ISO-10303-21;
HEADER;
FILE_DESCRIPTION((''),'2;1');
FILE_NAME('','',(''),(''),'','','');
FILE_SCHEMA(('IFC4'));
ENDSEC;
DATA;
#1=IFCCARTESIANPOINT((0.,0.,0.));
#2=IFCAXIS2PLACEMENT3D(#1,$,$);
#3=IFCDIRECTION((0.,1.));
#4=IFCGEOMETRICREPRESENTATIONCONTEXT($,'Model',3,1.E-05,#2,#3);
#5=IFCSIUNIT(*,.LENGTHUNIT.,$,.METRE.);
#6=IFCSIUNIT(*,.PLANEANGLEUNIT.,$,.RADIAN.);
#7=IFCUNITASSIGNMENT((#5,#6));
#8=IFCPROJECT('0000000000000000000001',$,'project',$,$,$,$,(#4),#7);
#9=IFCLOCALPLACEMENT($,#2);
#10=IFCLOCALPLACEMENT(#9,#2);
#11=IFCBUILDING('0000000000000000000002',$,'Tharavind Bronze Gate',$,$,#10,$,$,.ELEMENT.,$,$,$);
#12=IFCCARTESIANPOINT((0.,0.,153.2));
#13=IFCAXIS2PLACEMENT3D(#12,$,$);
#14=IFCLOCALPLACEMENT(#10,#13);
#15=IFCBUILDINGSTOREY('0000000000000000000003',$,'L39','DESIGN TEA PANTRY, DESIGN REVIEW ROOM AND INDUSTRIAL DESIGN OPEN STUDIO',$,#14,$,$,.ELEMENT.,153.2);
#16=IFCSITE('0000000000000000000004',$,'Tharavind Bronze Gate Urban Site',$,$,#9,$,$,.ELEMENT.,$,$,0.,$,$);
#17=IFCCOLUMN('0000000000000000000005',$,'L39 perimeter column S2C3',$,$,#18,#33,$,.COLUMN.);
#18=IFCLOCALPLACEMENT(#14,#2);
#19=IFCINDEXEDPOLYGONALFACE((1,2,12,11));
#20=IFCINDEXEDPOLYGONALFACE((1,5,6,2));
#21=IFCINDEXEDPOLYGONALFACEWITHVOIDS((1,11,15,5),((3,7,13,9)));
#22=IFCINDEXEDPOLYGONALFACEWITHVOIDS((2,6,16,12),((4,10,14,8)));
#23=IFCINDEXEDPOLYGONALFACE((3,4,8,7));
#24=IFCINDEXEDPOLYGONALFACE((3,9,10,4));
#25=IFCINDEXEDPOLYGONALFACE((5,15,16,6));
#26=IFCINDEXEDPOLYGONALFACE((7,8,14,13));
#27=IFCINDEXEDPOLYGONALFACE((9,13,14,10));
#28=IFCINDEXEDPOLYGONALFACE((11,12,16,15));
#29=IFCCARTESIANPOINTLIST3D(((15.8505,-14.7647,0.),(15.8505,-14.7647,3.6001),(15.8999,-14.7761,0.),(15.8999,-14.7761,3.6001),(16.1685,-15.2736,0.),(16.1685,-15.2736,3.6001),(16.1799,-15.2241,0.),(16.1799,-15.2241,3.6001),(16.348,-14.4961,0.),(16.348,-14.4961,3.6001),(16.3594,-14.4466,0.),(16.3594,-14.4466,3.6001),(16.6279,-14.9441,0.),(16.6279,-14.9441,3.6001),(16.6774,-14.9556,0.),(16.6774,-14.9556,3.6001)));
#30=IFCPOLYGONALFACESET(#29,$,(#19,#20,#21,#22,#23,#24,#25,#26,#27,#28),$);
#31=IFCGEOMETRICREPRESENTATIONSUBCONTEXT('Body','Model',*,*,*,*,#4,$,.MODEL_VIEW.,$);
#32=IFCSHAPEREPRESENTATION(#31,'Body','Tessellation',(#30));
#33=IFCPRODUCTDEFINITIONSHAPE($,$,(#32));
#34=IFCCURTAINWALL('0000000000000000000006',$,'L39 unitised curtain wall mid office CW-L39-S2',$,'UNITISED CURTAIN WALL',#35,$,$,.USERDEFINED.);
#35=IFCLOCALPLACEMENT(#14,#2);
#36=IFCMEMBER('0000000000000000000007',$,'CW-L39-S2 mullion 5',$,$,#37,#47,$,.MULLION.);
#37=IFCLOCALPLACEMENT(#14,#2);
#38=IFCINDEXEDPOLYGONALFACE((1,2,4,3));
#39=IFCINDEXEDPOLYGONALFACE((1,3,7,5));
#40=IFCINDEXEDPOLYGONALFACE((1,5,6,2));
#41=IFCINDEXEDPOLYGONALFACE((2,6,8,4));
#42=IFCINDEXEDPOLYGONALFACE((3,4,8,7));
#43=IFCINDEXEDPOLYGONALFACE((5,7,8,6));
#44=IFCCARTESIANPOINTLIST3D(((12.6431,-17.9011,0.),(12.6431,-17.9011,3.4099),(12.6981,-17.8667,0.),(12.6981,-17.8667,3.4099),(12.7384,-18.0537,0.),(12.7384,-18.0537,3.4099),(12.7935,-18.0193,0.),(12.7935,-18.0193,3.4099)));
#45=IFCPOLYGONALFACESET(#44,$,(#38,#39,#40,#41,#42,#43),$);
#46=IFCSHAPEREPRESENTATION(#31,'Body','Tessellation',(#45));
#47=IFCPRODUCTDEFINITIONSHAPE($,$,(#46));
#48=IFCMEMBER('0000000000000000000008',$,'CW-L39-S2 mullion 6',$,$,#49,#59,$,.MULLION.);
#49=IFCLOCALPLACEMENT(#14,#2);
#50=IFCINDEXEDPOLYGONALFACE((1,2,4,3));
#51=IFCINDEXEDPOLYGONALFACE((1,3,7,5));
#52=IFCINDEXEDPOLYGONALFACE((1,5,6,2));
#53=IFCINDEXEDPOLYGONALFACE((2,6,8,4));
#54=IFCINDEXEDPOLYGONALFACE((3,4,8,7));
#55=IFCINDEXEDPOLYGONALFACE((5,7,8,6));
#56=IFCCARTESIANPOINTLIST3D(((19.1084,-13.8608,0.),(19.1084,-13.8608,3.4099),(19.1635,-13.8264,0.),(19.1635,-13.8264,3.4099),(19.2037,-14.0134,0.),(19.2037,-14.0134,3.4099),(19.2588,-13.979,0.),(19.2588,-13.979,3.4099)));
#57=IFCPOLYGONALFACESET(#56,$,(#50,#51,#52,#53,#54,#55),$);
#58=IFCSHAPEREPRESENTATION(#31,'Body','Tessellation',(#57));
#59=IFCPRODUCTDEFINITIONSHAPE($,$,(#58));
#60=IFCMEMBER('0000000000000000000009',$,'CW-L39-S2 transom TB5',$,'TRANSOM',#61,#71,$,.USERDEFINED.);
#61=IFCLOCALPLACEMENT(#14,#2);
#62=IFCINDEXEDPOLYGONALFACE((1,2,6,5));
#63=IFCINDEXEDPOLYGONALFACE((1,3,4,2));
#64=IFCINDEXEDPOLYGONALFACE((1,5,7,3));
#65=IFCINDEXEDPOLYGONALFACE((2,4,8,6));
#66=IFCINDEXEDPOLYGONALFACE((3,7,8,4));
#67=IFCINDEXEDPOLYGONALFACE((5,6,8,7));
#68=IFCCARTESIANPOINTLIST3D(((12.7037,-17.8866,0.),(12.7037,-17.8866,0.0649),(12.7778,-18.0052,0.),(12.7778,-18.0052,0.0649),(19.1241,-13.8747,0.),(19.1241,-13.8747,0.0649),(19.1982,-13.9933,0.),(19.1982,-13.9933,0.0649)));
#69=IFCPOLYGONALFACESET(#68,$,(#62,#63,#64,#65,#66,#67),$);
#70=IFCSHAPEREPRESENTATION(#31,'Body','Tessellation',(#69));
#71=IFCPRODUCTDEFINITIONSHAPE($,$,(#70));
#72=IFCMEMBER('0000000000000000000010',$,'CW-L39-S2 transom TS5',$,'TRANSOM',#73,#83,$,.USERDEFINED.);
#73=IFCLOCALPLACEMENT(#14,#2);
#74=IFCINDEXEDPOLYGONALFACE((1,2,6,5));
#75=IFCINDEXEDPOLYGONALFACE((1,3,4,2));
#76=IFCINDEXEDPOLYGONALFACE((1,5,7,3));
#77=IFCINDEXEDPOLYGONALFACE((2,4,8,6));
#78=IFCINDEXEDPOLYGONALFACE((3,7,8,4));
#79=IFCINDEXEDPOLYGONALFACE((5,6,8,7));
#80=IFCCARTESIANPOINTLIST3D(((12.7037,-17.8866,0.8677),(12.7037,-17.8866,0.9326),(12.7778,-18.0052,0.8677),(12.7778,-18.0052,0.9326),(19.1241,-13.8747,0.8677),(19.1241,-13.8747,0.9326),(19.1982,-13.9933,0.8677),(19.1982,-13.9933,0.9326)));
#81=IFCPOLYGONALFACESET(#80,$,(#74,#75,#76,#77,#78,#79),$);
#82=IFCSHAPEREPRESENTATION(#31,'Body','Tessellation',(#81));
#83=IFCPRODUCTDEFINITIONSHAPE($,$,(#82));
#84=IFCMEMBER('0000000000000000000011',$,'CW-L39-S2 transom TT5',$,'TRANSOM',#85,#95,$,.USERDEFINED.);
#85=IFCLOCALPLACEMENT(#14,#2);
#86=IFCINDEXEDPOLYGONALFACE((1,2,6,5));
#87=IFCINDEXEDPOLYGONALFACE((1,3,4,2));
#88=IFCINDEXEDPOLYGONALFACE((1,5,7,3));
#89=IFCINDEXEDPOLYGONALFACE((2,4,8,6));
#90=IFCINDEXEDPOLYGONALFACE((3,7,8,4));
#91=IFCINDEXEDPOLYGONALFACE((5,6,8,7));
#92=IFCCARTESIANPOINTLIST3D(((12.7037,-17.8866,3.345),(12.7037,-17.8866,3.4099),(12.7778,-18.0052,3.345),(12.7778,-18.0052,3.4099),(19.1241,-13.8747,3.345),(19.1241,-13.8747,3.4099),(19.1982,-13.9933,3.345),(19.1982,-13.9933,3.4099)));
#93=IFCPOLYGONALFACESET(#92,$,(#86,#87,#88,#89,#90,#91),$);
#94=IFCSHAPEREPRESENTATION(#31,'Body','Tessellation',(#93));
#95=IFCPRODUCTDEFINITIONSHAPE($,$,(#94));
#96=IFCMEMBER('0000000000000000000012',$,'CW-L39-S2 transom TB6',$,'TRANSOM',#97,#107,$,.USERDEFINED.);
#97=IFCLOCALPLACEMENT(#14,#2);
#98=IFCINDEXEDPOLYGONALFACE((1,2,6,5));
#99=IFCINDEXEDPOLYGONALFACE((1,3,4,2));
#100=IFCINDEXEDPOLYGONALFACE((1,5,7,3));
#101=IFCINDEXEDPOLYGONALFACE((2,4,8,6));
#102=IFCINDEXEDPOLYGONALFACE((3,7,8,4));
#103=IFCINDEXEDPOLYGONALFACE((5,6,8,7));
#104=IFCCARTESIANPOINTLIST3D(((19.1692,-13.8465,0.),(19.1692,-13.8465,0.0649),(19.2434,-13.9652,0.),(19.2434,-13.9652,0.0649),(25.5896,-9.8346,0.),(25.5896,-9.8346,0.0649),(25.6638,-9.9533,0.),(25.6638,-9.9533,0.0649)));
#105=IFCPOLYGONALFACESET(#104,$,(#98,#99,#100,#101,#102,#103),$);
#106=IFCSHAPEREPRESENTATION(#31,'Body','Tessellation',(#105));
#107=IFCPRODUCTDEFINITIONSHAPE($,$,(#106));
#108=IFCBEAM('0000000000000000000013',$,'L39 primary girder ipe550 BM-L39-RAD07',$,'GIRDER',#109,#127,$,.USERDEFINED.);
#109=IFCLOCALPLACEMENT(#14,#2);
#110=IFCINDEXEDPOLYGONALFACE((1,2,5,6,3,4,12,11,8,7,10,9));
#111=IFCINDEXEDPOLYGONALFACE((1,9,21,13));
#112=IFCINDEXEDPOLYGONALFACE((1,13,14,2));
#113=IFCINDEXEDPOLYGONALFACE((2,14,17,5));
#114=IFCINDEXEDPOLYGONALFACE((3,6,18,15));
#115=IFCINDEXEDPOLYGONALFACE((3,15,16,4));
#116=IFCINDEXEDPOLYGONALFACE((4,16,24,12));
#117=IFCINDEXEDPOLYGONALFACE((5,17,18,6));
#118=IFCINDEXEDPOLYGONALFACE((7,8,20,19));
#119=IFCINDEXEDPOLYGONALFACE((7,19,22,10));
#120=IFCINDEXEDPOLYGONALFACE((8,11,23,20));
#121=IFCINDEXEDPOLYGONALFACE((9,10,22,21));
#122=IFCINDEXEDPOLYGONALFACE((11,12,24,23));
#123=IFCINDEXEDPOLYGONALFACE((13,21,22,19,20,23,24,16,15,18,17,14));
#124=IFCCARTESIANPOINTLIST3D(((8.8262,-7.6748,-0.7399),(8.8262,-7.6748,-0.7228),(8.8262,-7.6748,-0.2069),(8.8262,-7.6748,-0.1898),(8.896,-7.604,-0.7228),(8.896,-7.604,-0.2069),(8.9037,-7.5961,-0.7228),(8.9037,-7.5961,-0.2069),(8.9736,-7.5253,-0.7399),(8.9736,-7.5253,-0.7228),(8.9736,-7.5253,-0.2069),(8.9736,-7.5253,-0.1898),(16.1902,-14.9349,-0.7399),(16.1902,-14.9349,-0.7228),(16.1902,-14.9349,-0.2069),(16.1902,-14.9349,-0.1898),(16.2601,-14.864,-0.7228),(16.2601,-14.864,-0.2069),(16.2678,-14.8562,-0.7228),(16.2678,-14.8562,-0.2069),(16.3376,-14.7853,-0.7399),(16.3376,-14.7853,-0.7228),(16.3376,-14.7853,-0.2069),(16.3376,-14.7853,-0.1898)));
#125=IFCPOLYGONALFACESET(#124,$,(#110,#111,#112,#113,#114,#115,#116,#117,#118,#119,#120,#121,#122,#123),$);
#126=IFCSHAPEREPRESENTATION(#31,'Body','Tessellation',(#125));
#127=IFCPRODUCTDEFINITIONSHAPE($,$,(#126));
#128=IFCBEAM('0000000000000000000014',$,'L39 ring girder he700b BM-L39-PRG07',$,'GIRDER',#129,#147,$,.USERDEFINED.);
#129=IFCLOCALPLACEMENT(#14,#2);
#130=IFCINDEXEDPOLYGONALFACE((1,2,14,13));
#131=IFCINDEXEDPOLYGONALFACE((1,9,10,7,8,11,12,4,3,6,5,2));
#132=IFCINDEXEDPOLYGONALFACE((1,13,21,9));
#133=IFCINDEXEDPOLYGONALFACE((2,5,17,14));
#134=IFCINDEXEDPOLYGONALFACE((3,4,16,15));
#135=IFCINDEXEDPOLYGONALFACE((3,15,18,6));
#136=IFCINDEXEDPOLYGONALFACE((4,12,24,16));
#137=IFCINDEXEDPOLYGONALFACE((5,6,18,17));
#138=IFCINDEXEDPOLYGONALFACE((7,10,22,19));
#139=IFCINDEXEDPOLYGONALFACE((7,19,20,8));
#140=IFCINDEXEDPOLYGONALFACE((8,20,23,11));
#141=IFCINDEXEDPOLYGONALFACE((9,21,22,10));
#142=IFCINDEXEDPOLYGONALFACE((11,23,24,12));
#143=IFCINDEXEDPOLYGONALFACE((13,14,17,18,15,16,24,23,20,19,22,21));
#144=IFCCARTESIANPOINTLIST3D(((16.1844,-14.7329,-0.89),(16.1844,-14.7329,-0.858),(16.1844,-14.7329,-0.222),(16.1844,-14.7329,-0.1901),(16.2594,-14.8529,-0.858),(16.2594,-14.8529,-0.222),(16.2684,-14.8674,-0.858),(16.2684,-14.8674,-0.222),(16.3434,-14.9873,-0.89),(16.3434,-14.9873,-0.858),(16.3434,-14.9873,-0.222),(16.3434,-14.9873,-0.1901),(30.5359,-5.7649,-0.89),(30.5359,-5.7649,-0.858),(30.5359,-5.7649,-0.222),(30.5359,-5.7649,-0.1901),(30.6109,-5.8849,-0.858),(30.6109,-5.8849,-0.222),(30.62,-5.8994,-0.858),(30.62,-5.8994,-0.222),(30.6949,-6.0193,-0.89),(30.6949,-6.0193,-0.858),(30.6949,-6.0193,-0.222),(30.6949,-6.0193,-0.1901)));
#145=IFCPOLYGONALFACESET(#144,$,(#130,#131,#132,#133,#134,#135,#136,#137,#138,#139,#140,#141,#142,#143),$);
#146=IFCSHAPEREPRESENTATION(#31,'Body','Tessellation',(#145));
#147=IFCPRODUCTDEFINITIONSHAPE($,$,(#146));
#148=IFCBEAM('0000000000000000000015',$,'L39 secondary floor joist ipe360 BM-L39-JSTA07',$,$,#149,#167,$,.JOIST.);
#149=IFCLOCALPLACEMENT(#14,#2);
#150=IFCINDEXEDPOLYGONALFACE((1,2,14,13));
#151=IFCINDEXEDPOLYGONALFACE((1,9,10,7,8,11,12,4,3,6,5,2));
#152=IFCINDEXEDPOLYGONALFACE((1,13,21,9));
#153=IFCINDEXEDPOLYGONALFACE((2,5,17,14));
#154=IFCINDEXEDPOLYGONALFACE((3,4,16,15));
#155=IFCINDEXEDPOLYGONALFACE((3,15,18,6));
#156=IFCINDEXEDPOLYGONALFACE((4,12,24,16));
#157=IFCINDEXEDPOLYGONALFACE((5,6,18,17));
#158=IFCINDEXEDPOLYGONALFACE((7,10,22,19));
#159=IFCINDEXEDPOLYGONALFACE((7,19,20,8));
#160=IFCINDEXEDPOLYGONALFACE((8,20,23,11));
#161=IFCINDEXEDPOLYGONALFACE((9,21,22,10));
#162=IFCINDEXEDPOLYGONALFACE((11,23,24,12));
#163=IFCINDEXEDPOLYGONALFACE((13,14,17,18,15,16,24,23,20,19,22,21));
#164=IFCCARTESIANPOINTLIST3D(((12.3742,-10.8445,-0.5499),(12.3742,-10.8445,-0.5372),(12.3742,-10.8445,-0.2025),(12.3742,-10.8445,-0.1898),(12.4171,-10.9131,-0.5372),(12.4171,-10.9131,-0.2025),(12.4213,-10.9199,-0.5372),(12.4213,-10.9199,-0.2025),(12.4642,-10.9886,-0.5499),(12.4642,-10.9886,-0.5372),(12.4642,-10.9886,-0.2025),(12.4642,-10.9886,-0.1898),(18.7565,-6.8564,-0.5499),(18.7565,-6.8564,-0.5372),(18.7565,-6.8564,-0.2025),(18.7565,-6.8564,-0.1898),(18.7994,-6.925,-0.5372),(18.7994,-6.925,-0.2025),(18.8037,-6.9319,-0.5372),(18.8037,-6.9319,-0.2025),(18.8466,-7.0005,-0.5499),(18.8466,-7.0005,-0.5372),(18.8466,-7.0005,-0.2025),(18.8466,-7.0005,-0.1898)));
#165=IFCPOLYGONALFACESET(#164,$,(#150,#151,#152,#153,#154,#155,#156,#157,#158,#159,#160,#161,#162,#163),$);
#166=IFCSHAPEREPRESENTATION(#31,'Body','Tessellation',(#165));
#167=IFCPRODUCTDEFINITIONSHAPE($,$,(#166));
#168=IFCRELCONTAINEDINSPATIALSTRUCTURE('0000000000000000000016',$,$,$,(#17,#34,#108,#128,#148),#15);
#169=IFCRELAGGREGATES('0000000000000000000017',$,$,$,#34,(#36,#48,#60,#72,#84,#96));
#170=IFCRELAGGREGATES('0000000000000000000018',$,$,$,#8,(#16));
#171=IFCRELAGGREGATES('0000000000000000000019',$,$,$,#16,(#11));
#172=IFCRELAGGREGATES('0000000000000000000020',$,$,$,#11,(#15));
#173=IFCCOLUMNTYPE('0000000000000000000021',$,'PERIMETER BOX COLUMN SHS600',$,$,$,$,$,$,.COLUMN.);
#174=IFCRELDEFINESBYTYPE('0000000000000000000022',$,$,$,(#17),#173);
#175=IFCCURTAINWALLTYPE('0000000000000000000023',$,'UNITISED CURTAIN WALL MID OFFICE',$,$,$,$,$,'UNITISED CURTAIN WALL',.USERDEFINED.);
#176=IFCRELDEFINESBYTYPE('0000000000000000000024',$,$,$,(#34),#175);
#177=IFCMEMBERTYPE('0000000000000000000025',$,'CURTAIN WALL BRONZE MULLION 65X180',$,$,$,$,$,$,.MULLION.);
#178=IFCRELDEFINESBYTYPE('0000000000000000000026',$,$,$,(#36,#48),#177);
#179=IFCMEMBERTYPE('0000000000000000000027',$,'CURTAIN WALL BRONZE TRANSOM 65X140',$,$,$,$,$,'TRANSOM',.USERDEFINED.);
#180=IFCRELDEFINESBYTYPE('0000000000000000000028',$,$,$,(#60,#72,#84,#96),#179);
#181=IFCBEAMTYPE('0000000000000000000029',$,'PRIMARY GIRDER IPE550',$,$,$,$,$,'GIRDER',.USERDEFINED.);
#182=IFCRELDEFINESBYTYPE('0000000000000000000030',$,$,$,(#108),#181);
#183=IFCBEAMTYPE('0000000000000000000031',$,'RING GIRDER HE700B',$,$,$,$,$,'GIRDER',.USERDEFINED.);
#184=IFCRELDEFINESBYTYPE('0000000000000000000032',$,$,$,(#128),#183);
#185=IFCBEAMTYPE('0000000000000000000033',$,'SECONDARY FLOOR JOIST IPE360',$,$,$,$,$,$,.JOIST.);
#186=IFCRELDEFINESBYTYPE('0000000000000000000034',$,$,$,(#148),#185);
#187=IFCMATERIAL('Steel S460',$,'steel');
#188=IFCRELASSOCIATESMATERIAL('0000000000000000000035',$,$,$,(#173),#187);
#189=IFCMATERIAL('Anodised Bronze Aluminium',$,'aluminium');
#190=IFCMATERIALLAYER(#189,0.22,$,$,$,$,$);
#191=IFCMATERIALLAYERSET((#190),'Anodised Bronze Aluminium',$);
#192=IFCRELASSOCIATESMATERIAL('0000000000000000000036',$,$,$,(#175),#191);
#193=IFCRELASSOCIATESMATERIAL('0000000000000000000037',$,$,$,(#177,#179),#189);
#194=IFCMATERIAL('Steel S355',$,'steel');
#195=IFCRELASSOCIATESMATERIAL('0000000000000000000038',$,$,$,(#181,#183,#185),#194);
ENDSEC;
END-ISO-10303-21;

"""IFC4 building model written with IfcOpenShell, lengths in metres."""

from ifc_helpers import new_model, si_unit, direction, frame, origin, origin_2d, place, context, subcontext, project, spatial, rectangle, hollow_rectangle, i_section, extrude, material, layer, layer_set, material_profile, profile_set, type_object, element, aggregate, save


model = new_model("IFC4")

# Units and contexts
model_context = context("Model", 3, precision=1e-05, world=origin(), true_north=direction((0.0, 1.0)))
body_context = subcontext(model_context, "Body", "Model", "MODEL_VIEW")
ifc_project = project(units=[si_unit("LENGTHUNIT", "METRE"), si_unit("PLANEANGLEUNIT", "RADIAN")], contexts=[model_context])

# Site, building, storey
site_placement = place(None, origin())
site = spatial("IfcSite", under=ifc_project, at=site_placement, Name="Tharavind Bronze Gate Urban Site", CompositionType="ELEMENT", RefElevation=0.0)
building_placement = place(site_placement, origin())
building = spatial("IfcBuilding", under=site, at=building_placement, Name="Tharavind Bronze Gate", CompositionType="ELEMENT")
storey_placement = place(building_placement, frame((0.0, 0.0, 153.2)))
storey = spatial("IfcBuildingStorey", under=building, at=storey_placement, Name="L39", Description="DESIGN TEA PANTRY, DESIGN REVIEW ROOM AND INDUSTRIAL DESIGN OPEN STUDIO", CompositionType="ELEMENT", Elevation=153.2)

# Column
ifc_material_1 = material(Name="Steel S460", Category="steel")
ifc_material_profile_1 = material_profile(ifc_material_1, hollow_rectangle(XDim=0.6001, YDim=0.6001, WallThickness=0.0359, at=origin_2d()), Name="SHS600X36")
ifc_profile_set_1 = profile_set([ifc_material_profile_1], Name="Steel S460")
column_type = type_object("IfcColumnType", Name="PERIMETER BOX COLUMN SHS600", PredefinedType="COLUMN", material=ifc_profile_set_1)
column_placement = place(storey_placement, frame((16.2639, -14.8601, 0.0), z_axis=(0.0, 0.0, 1.0), x_axis=(0.848047, 0.529921, 0.0)))
element("IfcColumn", 1, at=column_placement, inside=storey, type_object=column_type, Name="L39 perimeter column S2C3", PredefinedType="COLUMN", context=body_context, shape_type="SweptSolid", body=[
    extrude(hollow_rectangle(XDim=0.6001, YDim=0.6001, WallThickness=0.0359, at=origin_2d()), origin(), (0.0, 0.0, 1.0), 3.6001),
])

# Curtain wall, members
ifc_material_2 = material(Name="Anodised Bronze Aluminium", Category="aluminium")
ifc_layer_1 = layer(ifc_material_2, 0.22)
ifc_layer_set_1 = layer_set([ifc_layer_1], Name="Anodised Bronze Aluminium")
curtain_wall_type = type_object("IfcCurtainWallType", Name="UNITISED CURTAIN WALL MID OFFICE", ElementType="UNITISED CURTAIN WALL", PredefinedType="USERDEFINED", material=ifc_layer_set_1)
curtain_wall_placement = place(storey_placement, origin())
curtain_wall = element("IfcCurtainWall", 2, at=curtain_wall_placement, inside=storey, type_object=curtain_wall_type, Name="L39 unitised curtain wall mid office CW-L39-S2", ObjectType="UNITISED CURTAIN WALL", PredefinedType="USERDEFINED")
member_type_1 = type_object("IfcMemberType", Name="CURTAIN WALL BRONZE MULLION 65X180", PredefinedType="MULLION", material=ifc_material_2)
member_1_placement = place(storey_placement, frame((12.7183, -17.9602, 0.0), z_axis=(0.0, 0.0, 1.0), x_axis=(0.848048, 0.529919, 0.0)))
member_1 = element("IfcMember", 3, at=member_1_placement, type_object=member_type_1, Name="CW-L39-S2 mullion 5", PredefinedType="MULLION", context=body_context, shape_type="SweptSolid", body=[
    extrude(rectangle(XDim=0.0649, YDim=0.1799, at=origin_2d()), origin(), (0.0, 0.0, 1.0), 3.4099),
])
member_2_placement = place(storey_placement, frame((19.1836, -13.9199, 0.0), z_axis=(0.0, 0.0, 1.0), x_axis=(0.848048, 0.529919, 0.0)))
member_2 = element("IfcMember", 4, at=member_2_placement, type_object=member_type_1, Name="CW-L39-S2 mullion 6", PredefinedType="MULLION", context=body_context, shape_type="SweptSolid", body=[
    extrude(rectangle(XDim=0.0649, YDim=0.1799, at=origin_2d()), origin(), (0.0, 0.0, 1.0), 3.4099),
])
member_type_2 = type_object("IfcMemberType", Name="CURTAIN WALL BRONZE TRANSOM 65X140", ElementType="TRANSOM", PredefinedType="USERDEFINED", material=ifc_material_2)
member_3_placement = place(storey_placement, frame((15.9509, -15.9399, 0.0), z_axis=(0.0, 0.0, 1.0), x_axis=(0.848048, 0.529919, 0.0)))
member_3 = element("IfcMember", 5, at=member_3_placement, type_object=member_type_2, Name="CW-L39-S2 transom TB5", ObjectType="TRANSOM", PredefinedType="USERDEFINED", context=body_context, shape_type="SweptSolid", body=[
    extrude(rectangle(XDim=7.5708, YDim=0.1399, at=origin_2d()), origin(), (0.0, 0.0, 1.0), 0.0649),
])
member_4_placement = place(storey_placement, frame((15.9509, -15.9399, 0.8677), z_axis=(0.0, 0.0, 1.0), x_axis=(0.848048, 0.529919, 0.0)))
member_4 = element("IfcMember", 6, at=member_4_placement, type_object=member_type_2, Name="CW-L39-S2 transom TS5", ObjectType="TRANSOM", PredefinedType="USERDEFINED", context=body_context, shape_type="SweptSolid", body=[
    extrude(rectangle(XDim=7.5708, YDim=0.1399, at=origin_2d()), origin(), (0.0, 0.0, 1.0), 0.0649),
])
member_5_placement = place(storey_placement, frame((15.9509, -15.9399, 3.345), z_axis=(0.0, 0.0, 1.0), x_axis=(0.848048, 0.529919, 0.0)))
member_5 = element("IfcMember", 7, at=member_5_placement, type_object=member_type_2, Name="CW-L39-S2 transom TT5", ObjectType="TRANSOM", PredefinedType="USERDEFINED", context=body_context, shape_type="SweptSolid", body=[
    extrude(rectangle(XDim=7.5708, YDim=0.1399, at=origin_2d()), origin(), (0.0, 0.0, 1.0), 0.0649),
])
member_6_placement = place(storey_placement, frame((22.4165, -11.8999, 0.0), z_axis=(0.0, 0.0, 1.0), x_axis=(0.848048, 0.529919, 0.0)))
member_6 = element("IfcMember", 8, at=member_6_placement, type_object=member_type_2, Name="CW-L39-S2 transom TB6", ObjectType="TRANSOM", PredefinedType="USERDEFINED", context=body_context, shape_type="SweptSolid", body=[
    extrude(rectangle(XDim=7.5708, YDim=0.1399, at=origin_2d()), origin(), (0.0, 0.0, 1.0), 0.0649),
])

# Beams
ifc_material_3 = material(Name="Steel S355", Category="steel")
ifc_material_profile_2 = material_profile(ifc_material_3, i_section(OverallWidth=0.21, OverallDepth=0.55, WebThickness=0.011, FlangeThickness=0.0171, at=origin_2d()), Name="IPE550")
ifc_profile_set_2 = profile_set([ifc_material_profile_2], Name="Steel S355")
beam_type_1 = type_object("IfcBeamType", Name="PRIMARY GIRDER IPE550", ElementType="GIRDER", PredefinedType="USERDEFINED", material=ifc_profile_set_2)
beam_1_placement = place(storey_placement, frame((16.2639, -14.8601, -0.4648), z_axis=(-0.712118, 0.70206, 0.0), x_axis=(-0.70206, -0.712118, 0.0)))
element("IfcBeam", 9, at=beam_1_placement, inside=storey, type_object=beam_type_1, Name="L39 primary girder ipe550 BM-L39-RAD07", ObjectType="GIRDER", PredefinedType="USERDEFINED", context=body_context, shape_type="SweptSolid", body=[
    extrude(i_section(OverallWidth=0.21, OverallDepth=0.55, WebThickness=0.011, FlangeThickness=0.0171, at=origin_2d()), origin(), (0.0, 0.0, 1.0), 10.3411),
])
ifc_material_profile_3 = material_profile(ifc_material_3, i_section(OverallWidth=0.3, OverallDepth=0.7, WebThickness=0.0171, FlangeThickness=0.032, at=origin_2d()), Name="HE700B")
ifc_profile_set_3 = profile_set([ifc_material_profile_3], Name="Steel S355")
beam_type_2 = type_object("IfcBeamType", Name="RING GIRDER HE700B", ElementType="GIRDER", PredefinedType="USERDEFINED", material=ifc_profile_set_3)
beam_2_placement = place(storey_placement, frame((16.2639, -14.8601, -0.54), z_axis=(0.848044, 0.529926, 0.0), x_axis=(-0.529926, 0.848044, 0.0)))
element("IfcBeam", 10, at=beam_2_placement, inside=storey, type_object=beam_type_2, Name="L39 ring girder he700b BM-L39-PRG07", ObjectType="GIRDER", PredefinedType="USERDEFINED", context=body_context, shape_type="SweptSolid", body=[
    extrude(i_section(OverallWidth=0.3, OverallDepth=0.7, WebThickness=0.0171, FlangeThickness=0.032, at=origin_2d()), origin(), (0.0, 0.0, 1.0), 16.9231),
])
ifc_material_profile_4 = material_profile(ifc_material_3, i_section(OverallWidth=0.1699, OverallDepth=0.3601, WebThickness=0.0081, FlangeThickness=0.0127, at=origin_2d()), Name="IPE360")
ifc_profile_set_4 = profile_set([ifc_material_profile_4], Name="Steel S355")
beam_type_3 = type_object("IfcBeamType", Name="SECONDARY FLOOR JOIST IPE360", PredefinedType="JOIST", material=ifc_profile_set_4)
beam_3_placement = place(storey_placement, frame((12.4192, -10.9165, -0.3699), z_axis=(0.848053, 0.529911, 0.0), x_axis=(-0.529911, 0.848053, 0.0)))
element("IfcBeam", 11, at=beam_3_placement, inside=storey, type_object=beam_type_3, Name="L39 secondary floor joist ipe360 BM-L39-JSTA07", PredefinedType="JOIST", context=body_context, shape_type="SweptSolid", body=[
    extrude(i_section(OverallWidth=0.1699, OverallDepth=0.3601, WebThickness=0.0081, FlangeThickness=0.0127, at=origin_2d()), origin(), (0.0, 0.0, 1.0), 7.5259),
])

aggregate(curtain_wall, [member_1, member_2, member_3, member_4, member_5, member_6])

save(model, "model.ifc")
